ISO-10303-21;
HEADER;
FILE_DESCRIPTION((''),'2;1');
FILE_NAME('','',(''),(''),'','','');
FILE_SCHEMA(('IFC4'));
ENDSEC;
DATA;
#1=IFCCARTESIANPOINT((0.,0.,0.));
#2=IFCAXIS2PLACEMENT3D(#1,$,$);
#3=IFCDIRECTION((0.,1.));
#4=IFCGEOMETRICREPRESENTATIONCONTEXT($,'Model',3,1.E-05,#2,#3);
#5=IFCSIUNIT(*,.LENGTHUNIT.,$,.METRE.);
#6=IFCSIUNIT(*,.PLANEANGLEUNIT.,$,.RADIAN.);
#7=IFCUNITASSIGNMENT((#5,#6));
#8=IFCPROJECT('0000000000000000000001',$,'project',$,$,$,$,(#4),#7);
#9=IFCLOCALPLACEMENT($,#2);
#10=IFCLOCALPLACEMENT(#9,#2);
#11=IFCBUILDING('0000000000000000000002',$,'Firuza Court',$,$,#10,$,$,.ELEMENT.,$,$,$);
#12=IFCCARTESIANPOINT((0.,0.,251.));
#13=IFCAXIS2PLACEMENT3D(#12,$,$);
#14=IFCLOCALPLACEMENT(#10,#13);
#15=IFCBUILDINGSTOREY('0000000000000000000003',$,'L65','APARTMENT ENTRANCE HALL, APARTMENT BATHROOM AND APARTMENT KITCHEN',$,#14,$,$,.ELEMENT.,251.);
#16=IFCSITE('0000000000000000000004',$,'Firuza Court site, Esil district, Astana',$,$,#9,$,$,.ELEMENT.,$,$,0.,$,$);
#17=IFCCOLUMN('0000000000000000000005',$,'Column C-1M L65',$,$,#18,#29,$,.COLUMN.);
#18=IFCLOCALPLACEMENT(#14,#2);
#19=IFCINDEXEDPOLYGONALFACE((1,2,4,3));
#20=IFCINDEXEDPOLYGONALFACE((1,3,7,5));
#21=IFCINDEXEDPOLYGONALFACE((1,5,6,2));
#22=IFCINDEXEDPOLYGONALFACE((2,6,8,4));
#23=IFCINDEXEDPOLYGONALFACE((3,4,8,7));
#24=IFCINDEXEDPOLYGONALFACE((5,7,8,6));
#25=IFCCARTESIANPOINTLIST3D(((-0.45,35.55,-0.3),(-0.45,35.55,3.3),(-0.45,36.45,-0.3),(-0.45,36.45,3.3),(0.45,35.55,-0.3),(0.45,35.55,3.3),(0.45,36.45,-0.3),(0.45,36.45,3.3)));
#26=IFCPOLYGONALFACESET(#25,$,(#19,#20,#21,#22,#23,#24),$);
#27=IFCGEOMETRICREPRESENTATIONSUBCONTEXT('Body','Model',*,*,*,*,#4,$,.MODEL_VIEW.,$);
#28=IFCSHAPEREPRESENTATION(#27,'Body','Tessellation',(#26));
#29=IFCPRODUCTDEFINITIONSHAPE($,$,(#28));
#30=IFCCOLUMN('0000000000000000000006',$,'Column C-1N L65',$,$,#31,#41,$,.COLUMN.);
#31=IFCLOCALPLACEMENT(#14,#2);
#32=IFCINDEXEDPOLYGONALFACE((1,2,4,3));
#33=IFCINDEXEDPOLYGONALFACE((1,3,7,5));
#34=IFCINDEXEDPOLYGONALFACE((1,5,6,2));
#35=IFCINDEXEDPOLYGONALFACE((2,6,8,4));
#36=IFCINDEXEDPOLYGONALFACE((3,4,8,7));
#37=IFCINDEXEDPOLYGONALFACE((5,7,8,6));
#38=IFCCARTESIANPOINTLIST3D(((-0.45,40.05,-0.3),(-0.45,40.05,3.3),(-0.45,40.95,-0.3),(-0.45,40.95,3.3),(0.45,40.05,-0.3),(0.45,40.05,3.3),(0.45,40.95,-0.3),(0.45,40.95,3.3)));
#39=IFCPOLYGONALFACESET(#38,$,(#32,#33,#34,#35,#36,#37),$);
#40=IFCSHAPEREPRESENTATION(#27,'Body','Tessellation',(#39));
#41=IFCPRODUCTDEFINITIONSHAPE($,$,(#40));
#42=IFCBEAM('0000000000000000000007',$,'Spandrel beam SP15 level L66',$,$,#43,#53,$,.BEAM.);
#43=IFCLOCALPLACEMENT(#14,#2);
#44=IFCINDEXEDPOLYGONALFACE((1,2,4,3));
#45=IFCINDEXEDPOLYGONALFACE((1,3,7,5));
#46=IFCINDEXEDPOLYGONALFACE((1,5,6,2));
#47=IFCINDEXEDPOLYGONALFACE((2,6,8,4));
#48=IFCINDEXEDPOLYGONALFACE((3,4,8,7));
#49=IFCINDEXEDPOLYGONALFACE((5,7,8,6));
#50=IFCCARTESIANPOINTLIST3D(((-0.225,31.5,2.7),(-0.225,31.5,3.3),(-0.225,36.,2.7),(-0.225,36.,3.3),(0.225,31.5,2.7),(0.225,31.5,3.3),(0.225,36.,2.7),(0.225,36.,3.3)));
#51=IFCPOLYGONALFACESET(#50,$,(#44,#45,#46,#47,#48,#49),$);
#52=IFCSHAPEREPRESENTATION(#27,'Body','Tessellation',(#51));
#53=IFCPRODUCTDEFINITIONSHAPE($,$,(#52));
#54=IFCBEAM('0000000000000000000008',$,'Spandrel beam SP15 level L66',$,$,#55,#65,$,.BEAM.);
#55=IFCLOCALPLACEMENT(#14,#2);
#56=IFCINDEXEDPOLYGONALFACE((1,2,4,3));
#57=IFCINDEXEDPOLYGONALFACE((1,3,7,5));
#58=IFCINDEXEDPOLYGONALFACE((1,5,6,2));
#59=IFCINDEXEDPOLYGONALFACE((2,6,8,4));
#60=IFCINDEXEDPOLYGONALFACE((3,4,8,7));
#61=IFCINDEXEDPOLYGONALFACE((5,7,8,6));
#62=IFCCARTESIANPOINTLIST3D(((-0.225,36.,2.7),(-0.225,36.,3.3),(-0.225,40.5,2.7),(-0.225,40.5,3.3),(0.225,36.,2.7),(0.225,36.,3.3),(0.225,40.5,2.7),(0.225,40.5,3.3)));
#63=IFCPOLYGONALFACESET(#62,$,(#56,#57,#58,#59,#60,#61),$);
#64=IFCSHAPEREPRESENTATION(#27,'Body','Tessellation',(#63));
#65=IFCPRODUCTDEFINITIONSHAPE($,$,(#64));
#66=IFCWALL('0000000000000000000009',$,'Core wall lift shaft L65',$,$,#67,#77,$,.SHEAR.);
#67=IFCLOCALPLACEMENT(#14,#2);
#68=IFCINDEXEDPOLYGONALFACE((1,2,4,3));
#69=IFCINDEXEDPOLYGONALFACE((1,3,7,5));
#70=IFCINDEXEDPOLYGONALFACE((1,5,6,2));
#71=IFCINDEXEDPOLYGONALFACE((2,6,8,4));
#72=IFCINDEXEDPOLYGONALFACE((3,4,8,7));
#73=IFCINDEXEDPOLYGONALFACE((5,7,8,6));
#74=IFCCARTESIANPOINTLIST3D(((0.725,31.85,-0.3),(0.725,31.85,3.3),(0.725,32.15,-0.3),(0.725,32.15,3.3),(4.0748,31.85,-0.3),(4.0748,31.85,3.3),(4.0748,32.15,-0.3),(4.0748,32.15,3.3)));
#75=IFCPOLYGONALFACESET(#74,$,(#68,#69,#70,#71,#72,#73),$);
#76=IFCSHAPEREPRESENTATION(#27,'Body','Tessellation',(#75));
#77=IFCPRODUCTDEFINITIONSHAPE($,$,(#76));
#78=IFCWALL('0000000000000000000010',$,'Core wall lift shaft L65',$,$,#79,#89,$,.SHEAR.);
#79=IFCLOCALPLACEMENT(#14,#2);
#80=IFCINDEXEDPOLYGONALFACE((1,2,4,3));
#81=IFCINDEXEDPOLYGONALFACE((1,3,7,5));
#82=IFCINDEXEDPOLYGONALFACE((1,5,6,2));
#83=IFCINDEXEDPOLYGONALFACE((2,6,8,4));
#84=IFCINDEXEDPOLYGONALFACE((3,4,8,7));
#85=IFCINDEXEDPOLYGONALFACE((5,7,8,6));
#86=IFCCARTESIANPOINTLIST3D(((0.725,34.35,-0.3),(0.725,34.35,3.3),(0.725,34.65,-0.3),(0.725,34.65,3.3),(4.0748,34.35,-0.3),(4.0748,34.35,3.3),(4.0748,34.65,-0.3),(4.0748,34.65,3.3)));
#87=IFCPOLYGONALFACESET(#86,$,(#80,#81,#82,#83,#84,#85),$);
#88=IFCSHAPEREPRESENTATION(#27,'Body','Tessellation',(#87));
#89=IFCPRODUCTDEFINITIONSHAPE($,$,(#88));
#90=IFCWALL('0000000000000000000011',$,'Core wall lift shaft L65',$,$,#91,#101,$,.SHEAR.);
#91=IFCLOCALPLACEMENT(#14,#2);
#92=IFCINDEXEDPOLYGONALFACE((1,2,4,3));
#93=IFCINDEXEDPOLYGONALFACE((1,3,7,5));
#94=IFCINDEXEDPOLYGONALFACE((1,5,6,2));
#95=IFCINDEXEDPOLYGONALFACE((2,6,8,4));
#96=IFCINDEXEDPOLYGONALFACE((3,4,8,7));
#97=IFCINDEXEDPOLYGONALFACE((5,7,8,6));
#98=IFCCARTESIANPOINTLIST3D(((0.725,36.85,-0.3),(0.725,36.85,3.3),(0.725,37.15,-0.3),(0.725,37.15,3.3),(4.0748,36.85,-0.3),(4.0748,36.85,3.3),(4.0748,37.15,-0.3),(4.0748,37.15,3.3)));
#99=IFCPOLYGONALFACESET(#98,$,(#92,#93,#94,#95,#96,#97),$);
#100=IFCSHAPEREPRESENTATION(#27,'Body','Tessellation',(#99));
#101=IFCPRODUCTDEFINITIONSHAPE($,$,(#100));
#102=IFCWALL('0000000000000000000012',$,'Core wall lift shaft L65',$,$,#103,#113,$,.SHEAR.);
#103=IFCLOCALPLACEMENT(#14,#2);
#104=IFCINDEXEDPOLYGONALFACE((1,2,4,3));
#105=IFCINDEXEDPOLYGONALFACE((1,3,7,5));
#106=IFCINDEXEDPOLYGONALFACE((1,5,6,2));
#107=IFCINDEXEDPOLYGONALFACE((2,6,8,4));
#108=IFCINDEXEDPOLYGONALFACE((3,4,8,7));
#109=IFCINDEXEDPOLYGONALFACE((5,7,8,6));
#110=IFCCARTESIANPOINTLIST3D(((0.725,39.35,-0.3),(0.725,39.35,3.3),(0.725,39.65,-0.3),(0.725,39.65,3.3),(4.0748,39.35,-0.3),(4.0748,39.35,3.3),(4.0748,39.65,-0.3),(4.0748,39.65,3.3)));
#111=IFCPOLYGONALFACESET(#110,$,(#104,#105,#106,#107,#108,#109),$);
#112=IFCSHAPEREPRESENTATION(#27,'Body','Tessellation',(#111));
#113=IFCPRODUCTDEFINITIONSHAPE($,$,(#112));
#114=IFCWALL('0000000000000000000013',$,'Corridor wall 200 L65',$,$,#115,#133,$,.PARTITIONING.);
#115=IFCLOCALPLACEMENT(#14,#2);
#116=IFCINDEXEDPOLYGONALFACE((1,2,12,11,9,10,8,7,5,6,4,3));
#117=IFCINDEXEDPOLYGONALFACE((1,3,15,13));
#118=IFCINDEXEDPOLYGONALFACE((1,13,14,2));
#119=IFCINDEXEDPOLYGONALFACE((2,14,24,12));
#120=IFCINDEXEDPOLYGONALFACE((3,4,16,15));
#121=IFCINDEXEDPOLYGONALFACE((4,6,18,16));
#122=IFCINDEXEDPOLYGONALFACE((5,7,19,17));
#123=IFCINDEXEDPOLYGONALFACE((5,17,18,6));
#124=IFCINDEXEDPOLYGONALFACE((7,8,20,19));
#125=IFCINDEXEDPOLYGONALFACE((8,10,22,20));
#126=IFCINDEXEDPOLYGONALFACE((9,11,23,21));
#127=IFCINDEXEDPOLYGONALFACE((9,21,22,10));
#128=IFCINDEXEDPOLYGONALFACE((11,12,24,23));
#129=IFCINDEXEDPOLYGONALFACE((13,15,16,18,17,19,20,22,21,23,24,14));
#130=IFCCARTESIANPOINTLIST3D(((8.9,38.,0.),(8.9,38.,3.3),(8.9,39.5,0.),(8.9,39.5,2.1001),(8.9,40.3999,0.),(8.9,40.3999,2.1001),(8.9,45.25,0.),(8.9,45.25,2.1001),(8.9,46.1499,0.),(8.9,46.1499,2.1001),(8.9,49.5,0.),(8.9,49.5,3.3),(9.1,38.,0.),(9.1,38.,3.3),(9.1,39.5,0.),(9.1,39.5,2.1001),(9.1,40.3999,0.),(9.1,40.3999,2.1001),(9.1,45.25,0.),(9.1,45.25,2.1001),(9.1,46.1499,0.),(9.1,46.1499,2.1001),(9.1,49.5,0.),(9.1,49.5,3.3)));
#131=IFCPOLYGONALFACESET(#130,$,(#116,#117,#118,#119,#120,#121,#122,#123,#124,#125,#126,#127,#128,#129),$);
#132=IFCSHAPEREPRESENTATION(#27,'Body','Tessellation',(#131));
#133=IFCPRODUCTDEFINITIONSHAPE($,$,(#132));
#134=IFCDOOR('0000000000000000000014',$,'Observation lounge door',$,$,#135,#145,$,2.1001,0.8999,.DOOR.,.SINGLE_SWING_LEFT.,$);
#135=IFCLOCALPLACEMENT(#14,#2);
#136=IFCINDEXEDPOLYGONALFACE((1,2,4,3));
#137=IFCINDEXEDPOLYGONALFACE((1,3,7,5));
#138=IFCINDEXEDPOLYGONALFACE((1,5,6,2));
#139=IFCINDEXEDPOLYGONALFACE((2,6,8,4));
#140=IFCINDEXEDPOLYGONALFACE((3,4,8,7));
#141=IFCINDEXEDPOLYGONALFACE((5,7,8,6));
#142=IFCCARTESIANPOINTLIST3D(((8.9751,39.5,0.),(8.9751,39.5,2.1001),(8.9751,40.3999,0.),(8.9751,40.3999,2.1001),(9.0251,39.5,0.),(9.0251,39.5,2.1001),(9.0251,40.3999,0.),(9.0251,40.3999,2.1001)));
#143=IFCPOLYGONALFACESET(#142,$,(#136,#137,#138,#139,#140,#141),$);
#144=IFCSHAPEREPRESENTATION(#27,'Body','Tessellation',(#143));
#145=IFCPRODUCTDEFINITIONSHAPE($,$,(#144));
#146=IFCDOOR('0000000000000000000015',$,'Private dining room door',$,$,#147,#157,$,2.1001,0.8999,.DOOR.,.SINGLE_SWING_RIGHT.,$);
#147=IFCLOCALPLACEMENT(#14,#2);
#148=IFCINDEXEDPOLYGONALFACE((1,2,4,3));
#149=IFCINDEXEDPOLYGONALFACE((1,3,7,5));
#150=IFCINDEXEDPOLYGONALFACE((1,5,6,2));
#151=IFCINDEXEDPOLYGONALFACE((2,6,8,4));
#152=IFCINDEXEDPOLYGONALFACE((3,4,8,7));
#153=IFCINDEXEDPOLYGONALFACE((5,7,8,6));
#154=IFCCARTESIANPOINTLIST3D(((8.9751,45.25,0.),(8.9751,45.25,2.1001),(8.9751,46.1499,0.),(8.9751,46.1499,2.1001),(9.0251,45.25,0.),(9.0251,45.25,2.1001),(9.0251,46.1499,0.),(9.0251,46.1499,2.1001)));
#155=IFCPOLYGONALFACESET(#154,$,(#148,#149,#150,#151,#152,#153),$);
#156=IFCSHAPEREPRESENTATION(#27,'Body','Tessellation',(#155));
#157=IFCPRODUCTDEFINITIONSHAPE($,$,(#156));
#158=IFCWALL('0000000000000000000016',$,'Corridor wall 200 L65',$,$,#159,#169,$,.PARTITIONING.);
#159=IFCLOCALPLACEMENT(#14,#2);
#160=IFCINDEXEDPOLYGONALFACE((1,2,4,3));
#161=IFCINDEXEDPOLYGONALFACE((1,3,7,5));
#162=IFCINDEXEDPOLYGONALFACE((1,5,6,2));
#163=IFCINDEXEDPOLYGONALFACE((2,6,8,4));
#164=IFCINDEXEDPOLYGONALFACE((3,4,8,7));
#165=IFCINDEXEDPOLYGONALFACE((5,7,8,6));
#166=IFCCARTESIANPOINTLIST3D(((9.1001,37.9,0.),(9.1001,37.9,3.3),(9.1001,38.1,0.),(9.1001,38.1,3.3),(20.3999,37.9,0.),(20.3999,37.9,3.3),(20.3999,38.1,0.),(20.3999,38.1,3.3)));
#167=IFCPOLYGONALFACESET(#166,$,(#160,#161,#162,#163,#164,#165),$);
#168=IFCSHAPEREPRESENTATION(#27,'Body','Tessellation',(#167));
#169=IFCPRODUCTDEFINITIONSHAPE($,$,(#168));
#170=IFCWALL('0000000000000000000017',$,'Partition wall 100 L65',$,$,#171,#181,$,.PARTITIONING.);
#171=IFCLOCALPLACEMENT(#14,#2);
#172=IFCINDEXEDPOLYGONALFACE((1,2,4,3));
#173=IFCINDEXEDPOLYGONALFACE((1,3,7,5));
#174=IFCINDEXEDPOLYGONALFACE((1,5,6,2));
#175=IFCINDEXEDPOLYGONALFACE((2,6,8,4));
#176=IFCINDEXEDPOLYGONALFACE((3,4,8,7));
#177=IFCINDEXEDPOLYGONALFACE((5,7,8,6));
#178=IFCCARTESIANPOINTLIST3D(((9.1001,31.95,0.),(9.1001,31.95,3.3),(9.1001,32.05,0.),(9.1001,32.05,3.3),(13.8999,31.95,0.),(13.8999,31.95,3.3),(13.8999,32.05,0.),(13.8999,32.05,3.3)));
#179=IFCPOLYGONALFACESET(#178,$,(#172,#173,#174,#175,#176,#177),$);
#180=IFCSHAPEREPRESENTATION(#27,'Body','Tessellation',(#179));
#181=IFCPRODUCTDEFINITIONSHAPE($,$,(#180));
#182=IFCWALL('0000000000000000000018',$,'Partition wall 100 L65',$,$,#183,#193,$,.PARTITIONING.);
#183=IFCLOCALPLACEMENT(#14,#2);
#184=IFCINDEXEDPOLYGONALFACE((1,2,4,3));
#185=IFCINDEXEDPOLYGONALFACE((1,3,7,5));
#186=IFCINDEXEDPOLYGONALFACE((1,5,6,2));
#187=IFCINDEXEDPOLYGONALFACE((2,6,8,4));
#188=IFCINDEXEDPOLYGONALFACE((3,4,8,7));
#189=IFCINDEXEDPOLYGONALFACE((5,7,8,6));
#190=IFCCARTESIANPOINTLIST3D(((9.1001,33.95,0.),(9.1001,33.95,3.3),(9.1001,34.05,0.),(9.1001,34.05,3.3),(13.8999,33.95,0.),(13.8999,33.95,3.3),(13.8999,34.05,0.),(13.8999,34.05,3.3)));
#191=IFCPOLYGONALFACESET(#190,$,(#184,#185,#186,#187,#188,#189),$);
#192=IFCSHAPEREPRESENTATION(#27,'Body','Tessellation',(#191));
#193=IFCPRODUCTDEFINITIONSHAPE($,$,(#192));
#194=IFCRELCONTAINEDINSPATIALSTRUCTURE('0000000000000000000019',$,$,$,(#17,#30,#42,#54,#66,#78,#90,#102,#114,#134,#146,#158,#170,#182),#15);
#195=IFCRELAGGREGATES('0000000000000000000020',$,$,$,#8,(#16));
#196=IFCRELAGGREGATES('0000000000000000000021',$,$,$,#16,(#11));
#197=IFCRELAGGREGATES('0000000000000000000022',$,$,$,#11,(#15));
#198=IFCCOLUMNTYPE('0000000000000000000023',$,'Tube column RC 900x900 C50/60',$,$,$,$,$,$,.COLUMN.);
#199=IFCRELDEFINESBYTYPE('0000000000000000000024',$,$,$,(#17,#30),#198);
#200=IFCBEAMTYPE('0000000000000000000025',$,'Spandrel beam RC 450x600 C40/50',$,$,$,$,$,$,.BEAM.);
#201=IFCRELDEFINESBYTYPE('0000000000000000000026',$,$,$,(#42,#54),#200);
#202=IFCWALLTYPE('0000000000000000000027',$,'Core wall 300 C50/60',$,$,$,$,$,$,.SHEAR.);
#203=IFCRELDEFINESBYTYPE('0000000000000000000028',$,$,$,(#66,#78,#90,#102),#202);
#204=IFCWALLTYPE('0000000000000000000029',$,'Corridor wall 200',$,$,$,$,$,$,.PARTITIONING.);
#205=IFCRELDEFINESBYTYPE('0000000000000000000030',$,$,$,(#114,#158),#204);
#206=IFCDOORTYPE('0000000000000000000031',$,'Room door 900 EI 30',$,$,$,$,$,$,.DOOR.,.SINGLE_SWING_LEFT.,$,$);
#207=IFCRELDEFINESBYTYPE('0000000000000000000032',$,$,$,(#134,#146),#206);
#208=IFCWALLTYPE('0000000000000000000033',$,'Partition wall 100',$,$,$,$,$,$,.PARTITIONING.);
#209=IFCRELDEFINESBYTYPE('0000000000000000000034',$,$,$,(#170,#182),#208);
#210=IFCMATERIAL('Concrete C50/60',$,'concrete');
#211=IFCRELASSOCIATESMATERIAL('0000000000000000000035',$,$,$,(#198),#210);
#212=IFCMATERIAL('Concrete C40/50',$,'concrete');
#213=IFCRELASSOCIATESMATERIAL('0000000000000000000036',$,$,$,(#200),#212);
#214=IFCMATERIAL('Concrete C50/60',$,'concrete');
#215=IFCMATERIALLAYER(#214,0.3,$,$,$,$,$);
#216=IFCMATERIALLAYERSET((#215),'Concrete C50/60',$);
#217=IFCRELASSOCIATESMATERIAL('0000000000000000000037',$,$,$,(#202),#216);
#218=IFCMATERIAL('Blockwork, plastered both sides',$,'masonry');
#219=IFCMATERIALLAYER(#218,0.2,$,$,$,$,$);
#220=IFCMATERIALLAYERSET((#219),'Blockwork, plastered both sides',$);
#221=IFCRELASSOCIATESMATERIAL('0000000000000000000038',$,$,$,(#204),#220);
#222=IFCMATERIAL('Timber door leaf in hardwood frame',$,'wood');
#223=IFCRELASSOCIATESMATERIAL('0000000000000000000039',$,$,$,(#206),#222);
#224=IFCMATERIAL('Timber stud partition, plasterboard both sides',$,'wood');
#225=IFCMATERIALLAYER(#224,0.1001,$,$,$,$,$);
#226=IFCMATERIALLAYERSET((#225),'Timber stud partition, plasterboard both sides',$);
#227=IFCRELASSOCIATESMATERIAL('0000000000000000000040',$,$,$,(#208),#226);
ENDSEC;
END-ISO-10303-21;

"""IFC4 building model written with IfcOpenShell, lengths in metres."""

from ifc_helpers import new_model, si_unit, direction, frame, frame_2d, origin, origin_2d, place, context, subcontext, project, spatial, rectangle, extrude, material, layer, layer_set, material_profile, profile_set, type_object, element, fill, save


model = new_model("IFC4")

# Units and contexts
model_context = context("Model", 3, precision=1e-05, world=origin(), true_north=direction((0.0, 1.0)))
body_context = subcontext(model_context, "Body", "Model", "MODEL_VIEW")
ifc_project = project(units=[si_unit("LENGTHUNIT", "METRE"), si_unit("PLANEANGLEUNIT", "RADIAN")], contexts=[model_context])

# Site, building, storey
site_placement = place(None, origin())
site = spatial("IfcSite", under=ifc_project, at=site_placement, Name="Firuza Court site, Esil district, Astana", CompositionType="ELEMENT", RefElevation=0.0)
building_placement = place(site_placement, origin())
building = spatial("IfcBuilding", under=site, at=building_placement, Name="Firuza Court", CompositionType="ELEMENT")
storey_placement = place(building_placement, frame((0.0, 0.0, 251.0)))
storey = spatial("IfcBuildingStorey", under=building, at=storey_placement, Name="L65", Description="APARTMENT ENTRANCE HALL, APARTMENT BATHROOM AND APARTMENT KITCHEN", CompositionType="ELEMENT", Elevation=251.0)

# Columns
ifc_material_1 = material(Name="Concrete C50/60", Category="concrete")
ifc_material_profile_1 = material_profile(ifc_material_1, rectangle(XDim=0.8999, YDim=0.8999, at=origin_2d()), Name="RC 900x900")
ifc_profile_set_1 = profile_set([ifc_material_profile_1], Name="Concrete C50/60")
column_type = type_object("IfcColumnType", Name="Tube column RC 900x900 C50/60", PredefinedType="COLUMN", material=ifc_profile_set_1)
for number, where, z_axis, x_axis, name in (
    (1, (0.0, 36.0, -0.3), (0.0, 0.0, 1.0), (1.0, 0.0, 0.0), "Column C-1M L65"),
    (2, (0.0, 40.5, -0.3), (0.0, 0.0, 1.0), (1.0, 0.0, 0.0), "Column C-1N L65"),
):
    element("IfcColumn", number, at=place(storey_placement, frame(where, z_axis=z_axis, x_axis=x_axis)), inside=storey, type_object=column_type, Name=name, PredefinedType="COLUMN", context=body_context, shape_type="SweptSolid", body=[
        extrude(rectangle(XDim=0.8999, YDim=0.8999, at=origin_2d()), origin(), (0.0, 0.0, 1.0), 3.6001),
    ])

# Beams
ifc_material_2 = material(Name="Concrete C40/50", Category="concrete")
ifc_material_profile_2 = material_profile(ifc_material_2, rectangle(XDim=0.45, YDim=0.6001, at=origin_2d()), Name="RC 450x600")
ifc_profile_set_2 = profile_set([ifc_material_profile_2], Name="Concrete C40/50")
beam_type = type_object("IfcBeamType", Name="Spandrel beam RC 450x600 C40/50", PredefinedType="BEAM", material=ifc_profile_set_2)
for number, where, z_axis, x_axis, name in (
    (3, (0.0, 36.0, 3.0), (0.0, -1.0, 0.0), (1.0, 0.0, 0.0), "Spandrel beam SP15 level L66"),
    (4, (0.0, 40.5, 3.0), (0.0, -1.0, 0.0), (1.0, 0.0, 0.0), "Spandrel beam SP15 level L66"),
):
    element("IfcBeam", number, at=place(storey_placement, frame(where, z_axis=z_axis, x_axis=x_axis)), inside=storey, type_object=beam_type, Name=name, PredefinedType="BEAM", context=body_context, shape_type="SweptSolid", body=[
        extrude(rectangle(XDim=0.45, YDim=0.6001, at=origin_2d()), origin(), (0.0, 0.0, 1.0), 4.5),
    ])

# Walls
ifc_material_3 = material(Name="Concrete C50/60", Category="concrete")
ifc_layer_1 = layer(ifc_material_3, 0.3)
ifc_layer_set_1 = layer_set([ifc_layer_1], Name="Concrete C50/60")
wall_type_1 = type_object("IfcWallType", Name="Core wall 300 C50/60", PredefinedType="SHEAR", material=ifc_layer_set_1)
for number, where, z_axis, x_axis, name in (
    (5, (0.7251, 32.0, -0.3), (0.0, 0.0, 1.0), (1.0, 0.0, 0.0), "Core wall lift shaft L65"),
    (6, (0.7251, 34.5, -0.3), (0.0, 0.0, 1.0), (1.0, 0.0, 0.0), "Core wall lift shaft L65"),
    (7, (0.7251, 37.0, -0.3), (0.0, 0.0, 1.0), (1.0, 0.0, 0.0), "Core wall lift shaft L65"),
    (8, (0.7251, 39.5, -0.3), (0.0, 0.0, 1.0), (1.0, 0.0, 0.0), "Core wall lift shaft L65"),
):
    element("IfcWall", number, at=place(storey_placement, frame(where, z_axis=z_axis, x_axis=x_axis)), inside=storey, type_object=wall_type_1, Name=name, PredefinedType="SHEAR", context=body_context, shape_type="SweptSolid", body=[
        extrude(rectangle(XDim=3.3499, YDim=0.3, at=frame_2d((1.6748, 0.0))), origin(), (0.0, 0.0, 1.0), 3.6001),
    ])

# Wall, openings, doors
ifc_material_4 = material(Name="Blockwork, plastered both sides", Category="masonry")
ifc_layer_2 = layer(ifc_material_4, 0.2)
ifc_layer_set_2 = layer_set([ifc_layer_2], Name="Blockwork, plastered both sides")
wall_type_2 = type_object("IfcWallType", Name="Corridor wall 200", PredefinedType="PARTITIONING", material=ifc_layer_set_2)
wall_1_placement = place(storey_placement, frame((9.0, 38.0, 0.0), z_axis=(0.0, 0.0, 1.0), x_axis=(0.0, 1.0, 0.0)))
wall_1 = element("IfcWall", 9, at=wall_1_placement, inside=storey, type_object=wall_type_2, Name="Corridor wall 200 L65", PredefinedType="PARTITIONING", context=body_context, shape_type="SweptSolid", body=[
    extrude(rectangle(XDim=11.5, YDim=0.2, at=frame_2d((5.75, 0.0))), origin(), (0.0, 0.0, 1.0), 3.3),
])
opening_1_placement = place(wall_1_placement, frame((1.5, 0.0, 0.0)))
opening_1 = element("IfcOpeningElement", 10, at=opening_1_placement, cuts=wall_1, PredefinedType="OPENING", context=body_context, shape_type="SweptSolid", body=[
    extrude(rectangle(XDim=0.8999, YDim=2.1001, at=frame_2d((0.45, 1.05))), frame((0.0, 0.1118, 0.0), z_axis=(0.0, -1.0, 0.0), x_axis=(1.0, 0.0, 0.0)), (0.0, 0.0, 1.0), 0.2239),
])
opening_2_placement = place(wall_1_placement, frame((7.25, 0.0, 0.0)))
opening_2 = element("IfcOpeningElement", 11, at=opening_2_placement, cuts=wall_1, PredefinedType="OPENING", context=body_context, shape_type="SweptSolid", body=[
    extrude(rectangle(XDim=0.8999, YDim=2.1001, at=frame_2d((0.45, 1.05))), frame((0.0, 0.1118, 0.0), z_axis=(0.0, -1.0, 0.0), x_axis=(1.0, 0.0, 0.0)), (0.0, 0.0, 1.0), 0.2239),
])
ifc_material_5 = material(Name="Timber door leaf in hardwood frame", Category="wood")
door_type_1 = type_object("IfcDoorType", Name="Room door 900 EI 30", OperationType="SINGLE_SWING_LEFT", PredefinedType="DOOR", material=ifc_material_5)
door_1_placement = place(opening_1_placement, origin())
door_1 = element("IfcDoor", 12, at=door_1_placement, inside=storey, type_object=door_type_1, Name="Observation lounge door", OperationType="SINGLE_SWING_LEFT", OverallHeight=2.1001, OverallWidth=0.8999, PredefinedType="DOOR", context=body_context, shape_type="SweptSolid", body=[
    extrude(rectangle(XDim=0.8999, YDim=2.1001, at=frame_2d((0.45, 1.05))), frame((0.0, 0.0249, 0.0), z_axis=(0.0, -1.0, 0.0), x_axis=(1.0, 0.0, 0.0)), (0.0, 0.0, 1.0), 0.05),
])
fill(opening_1, door_1)
door_2_placement = place(opening_2_placement, origin())
door_2 = element("IfcDoor", 13, at=door_2_placement, inside=storey, type_object=door_type_1, Name="Private dining room door", OperationType="SINGLE_SWING_RIGHT", OverallHeight=2.1001, OverallWidth=0.8999, PredefinedType="DOOR", context=body_context, shape_type="SweptSolid", body=[
    extrude(rectangle(XDim=0.8999, YDim=2.1001, at=frame_2d((0.45, 1.05))), frame((0.0, 0.0249, 0.0), z_axis=(0.0, -1.0, 0.0), x_axis=(1.0, 0.0, 0.0)), (0.0, 0.0, 1.0), 0.05),
])
fill(opening_2, door_2)

# Walls
wall_2_placement = place(storey_placement, frame((9.1001, 38.0, 0.0), z_axis=(0.0, 0.0, 1.0), x_axis=(1.0, 0.0, 0.0)))
element("IfcWall", 14, at=wall_2_placement, inside=storey, type_object=wall_type_2, Name="Corridor wall 200 L65", PredefinedType="PARTITIONING", context=body_context, shape_type="SweptSolid", body=[
    extrude(rectangle(XDim=11.2998, YDim=0.2, at=frame_2d((5.6499, 0.0))), origin(), (0.0, 0.0, 1.0), 3.3),
])
ifc_material_6 = material(Name="Timber stud partition, plasterboard both sides", Category="wood")
ifc_layer_3 = layer(ifc_material_6, 0.1001)
ifc_layer_set_3 = layer_set([ifc_layer_3], Name="Timber stud partition, plasterboard both sides")
wall_type_3 = type_object("IfcWallType", Name="Partition wall 100", PredefinedType="PARTITIONING", material=ifc_layer_set_3)
for number, where, z_axis, x_axis, name in (
    (15, (9.1001, 32.0, 0.0), (0.0, 0.0, 1.0), (1.0, 0.0, 0.0), "Partition wall 100 L65"),
    (16, (9.1001, 34.0, 0.0), (0.0, 0.0, 1.0), (1.0, 0.0, 0.0), "Partition wall 100 L65"),
):
    element("IfcWall", number, at=place(storey_placement, frame(where, z_axis=z_axis, x_axis=x_axis)), inside=storey, type_object=wall_type_3, Name=name, PredefinedType="PARTITIONING", context=body_context, shape_type="SweptSolid", body=[
        extrude(rectangle(XDim=4.7998, YDim=0.1001, at=frame_2d((2.3999, 0.0))), origin(), (0.0, 0.0, 1.0), 3.3),
    ])

save(model, "model.ifc")
